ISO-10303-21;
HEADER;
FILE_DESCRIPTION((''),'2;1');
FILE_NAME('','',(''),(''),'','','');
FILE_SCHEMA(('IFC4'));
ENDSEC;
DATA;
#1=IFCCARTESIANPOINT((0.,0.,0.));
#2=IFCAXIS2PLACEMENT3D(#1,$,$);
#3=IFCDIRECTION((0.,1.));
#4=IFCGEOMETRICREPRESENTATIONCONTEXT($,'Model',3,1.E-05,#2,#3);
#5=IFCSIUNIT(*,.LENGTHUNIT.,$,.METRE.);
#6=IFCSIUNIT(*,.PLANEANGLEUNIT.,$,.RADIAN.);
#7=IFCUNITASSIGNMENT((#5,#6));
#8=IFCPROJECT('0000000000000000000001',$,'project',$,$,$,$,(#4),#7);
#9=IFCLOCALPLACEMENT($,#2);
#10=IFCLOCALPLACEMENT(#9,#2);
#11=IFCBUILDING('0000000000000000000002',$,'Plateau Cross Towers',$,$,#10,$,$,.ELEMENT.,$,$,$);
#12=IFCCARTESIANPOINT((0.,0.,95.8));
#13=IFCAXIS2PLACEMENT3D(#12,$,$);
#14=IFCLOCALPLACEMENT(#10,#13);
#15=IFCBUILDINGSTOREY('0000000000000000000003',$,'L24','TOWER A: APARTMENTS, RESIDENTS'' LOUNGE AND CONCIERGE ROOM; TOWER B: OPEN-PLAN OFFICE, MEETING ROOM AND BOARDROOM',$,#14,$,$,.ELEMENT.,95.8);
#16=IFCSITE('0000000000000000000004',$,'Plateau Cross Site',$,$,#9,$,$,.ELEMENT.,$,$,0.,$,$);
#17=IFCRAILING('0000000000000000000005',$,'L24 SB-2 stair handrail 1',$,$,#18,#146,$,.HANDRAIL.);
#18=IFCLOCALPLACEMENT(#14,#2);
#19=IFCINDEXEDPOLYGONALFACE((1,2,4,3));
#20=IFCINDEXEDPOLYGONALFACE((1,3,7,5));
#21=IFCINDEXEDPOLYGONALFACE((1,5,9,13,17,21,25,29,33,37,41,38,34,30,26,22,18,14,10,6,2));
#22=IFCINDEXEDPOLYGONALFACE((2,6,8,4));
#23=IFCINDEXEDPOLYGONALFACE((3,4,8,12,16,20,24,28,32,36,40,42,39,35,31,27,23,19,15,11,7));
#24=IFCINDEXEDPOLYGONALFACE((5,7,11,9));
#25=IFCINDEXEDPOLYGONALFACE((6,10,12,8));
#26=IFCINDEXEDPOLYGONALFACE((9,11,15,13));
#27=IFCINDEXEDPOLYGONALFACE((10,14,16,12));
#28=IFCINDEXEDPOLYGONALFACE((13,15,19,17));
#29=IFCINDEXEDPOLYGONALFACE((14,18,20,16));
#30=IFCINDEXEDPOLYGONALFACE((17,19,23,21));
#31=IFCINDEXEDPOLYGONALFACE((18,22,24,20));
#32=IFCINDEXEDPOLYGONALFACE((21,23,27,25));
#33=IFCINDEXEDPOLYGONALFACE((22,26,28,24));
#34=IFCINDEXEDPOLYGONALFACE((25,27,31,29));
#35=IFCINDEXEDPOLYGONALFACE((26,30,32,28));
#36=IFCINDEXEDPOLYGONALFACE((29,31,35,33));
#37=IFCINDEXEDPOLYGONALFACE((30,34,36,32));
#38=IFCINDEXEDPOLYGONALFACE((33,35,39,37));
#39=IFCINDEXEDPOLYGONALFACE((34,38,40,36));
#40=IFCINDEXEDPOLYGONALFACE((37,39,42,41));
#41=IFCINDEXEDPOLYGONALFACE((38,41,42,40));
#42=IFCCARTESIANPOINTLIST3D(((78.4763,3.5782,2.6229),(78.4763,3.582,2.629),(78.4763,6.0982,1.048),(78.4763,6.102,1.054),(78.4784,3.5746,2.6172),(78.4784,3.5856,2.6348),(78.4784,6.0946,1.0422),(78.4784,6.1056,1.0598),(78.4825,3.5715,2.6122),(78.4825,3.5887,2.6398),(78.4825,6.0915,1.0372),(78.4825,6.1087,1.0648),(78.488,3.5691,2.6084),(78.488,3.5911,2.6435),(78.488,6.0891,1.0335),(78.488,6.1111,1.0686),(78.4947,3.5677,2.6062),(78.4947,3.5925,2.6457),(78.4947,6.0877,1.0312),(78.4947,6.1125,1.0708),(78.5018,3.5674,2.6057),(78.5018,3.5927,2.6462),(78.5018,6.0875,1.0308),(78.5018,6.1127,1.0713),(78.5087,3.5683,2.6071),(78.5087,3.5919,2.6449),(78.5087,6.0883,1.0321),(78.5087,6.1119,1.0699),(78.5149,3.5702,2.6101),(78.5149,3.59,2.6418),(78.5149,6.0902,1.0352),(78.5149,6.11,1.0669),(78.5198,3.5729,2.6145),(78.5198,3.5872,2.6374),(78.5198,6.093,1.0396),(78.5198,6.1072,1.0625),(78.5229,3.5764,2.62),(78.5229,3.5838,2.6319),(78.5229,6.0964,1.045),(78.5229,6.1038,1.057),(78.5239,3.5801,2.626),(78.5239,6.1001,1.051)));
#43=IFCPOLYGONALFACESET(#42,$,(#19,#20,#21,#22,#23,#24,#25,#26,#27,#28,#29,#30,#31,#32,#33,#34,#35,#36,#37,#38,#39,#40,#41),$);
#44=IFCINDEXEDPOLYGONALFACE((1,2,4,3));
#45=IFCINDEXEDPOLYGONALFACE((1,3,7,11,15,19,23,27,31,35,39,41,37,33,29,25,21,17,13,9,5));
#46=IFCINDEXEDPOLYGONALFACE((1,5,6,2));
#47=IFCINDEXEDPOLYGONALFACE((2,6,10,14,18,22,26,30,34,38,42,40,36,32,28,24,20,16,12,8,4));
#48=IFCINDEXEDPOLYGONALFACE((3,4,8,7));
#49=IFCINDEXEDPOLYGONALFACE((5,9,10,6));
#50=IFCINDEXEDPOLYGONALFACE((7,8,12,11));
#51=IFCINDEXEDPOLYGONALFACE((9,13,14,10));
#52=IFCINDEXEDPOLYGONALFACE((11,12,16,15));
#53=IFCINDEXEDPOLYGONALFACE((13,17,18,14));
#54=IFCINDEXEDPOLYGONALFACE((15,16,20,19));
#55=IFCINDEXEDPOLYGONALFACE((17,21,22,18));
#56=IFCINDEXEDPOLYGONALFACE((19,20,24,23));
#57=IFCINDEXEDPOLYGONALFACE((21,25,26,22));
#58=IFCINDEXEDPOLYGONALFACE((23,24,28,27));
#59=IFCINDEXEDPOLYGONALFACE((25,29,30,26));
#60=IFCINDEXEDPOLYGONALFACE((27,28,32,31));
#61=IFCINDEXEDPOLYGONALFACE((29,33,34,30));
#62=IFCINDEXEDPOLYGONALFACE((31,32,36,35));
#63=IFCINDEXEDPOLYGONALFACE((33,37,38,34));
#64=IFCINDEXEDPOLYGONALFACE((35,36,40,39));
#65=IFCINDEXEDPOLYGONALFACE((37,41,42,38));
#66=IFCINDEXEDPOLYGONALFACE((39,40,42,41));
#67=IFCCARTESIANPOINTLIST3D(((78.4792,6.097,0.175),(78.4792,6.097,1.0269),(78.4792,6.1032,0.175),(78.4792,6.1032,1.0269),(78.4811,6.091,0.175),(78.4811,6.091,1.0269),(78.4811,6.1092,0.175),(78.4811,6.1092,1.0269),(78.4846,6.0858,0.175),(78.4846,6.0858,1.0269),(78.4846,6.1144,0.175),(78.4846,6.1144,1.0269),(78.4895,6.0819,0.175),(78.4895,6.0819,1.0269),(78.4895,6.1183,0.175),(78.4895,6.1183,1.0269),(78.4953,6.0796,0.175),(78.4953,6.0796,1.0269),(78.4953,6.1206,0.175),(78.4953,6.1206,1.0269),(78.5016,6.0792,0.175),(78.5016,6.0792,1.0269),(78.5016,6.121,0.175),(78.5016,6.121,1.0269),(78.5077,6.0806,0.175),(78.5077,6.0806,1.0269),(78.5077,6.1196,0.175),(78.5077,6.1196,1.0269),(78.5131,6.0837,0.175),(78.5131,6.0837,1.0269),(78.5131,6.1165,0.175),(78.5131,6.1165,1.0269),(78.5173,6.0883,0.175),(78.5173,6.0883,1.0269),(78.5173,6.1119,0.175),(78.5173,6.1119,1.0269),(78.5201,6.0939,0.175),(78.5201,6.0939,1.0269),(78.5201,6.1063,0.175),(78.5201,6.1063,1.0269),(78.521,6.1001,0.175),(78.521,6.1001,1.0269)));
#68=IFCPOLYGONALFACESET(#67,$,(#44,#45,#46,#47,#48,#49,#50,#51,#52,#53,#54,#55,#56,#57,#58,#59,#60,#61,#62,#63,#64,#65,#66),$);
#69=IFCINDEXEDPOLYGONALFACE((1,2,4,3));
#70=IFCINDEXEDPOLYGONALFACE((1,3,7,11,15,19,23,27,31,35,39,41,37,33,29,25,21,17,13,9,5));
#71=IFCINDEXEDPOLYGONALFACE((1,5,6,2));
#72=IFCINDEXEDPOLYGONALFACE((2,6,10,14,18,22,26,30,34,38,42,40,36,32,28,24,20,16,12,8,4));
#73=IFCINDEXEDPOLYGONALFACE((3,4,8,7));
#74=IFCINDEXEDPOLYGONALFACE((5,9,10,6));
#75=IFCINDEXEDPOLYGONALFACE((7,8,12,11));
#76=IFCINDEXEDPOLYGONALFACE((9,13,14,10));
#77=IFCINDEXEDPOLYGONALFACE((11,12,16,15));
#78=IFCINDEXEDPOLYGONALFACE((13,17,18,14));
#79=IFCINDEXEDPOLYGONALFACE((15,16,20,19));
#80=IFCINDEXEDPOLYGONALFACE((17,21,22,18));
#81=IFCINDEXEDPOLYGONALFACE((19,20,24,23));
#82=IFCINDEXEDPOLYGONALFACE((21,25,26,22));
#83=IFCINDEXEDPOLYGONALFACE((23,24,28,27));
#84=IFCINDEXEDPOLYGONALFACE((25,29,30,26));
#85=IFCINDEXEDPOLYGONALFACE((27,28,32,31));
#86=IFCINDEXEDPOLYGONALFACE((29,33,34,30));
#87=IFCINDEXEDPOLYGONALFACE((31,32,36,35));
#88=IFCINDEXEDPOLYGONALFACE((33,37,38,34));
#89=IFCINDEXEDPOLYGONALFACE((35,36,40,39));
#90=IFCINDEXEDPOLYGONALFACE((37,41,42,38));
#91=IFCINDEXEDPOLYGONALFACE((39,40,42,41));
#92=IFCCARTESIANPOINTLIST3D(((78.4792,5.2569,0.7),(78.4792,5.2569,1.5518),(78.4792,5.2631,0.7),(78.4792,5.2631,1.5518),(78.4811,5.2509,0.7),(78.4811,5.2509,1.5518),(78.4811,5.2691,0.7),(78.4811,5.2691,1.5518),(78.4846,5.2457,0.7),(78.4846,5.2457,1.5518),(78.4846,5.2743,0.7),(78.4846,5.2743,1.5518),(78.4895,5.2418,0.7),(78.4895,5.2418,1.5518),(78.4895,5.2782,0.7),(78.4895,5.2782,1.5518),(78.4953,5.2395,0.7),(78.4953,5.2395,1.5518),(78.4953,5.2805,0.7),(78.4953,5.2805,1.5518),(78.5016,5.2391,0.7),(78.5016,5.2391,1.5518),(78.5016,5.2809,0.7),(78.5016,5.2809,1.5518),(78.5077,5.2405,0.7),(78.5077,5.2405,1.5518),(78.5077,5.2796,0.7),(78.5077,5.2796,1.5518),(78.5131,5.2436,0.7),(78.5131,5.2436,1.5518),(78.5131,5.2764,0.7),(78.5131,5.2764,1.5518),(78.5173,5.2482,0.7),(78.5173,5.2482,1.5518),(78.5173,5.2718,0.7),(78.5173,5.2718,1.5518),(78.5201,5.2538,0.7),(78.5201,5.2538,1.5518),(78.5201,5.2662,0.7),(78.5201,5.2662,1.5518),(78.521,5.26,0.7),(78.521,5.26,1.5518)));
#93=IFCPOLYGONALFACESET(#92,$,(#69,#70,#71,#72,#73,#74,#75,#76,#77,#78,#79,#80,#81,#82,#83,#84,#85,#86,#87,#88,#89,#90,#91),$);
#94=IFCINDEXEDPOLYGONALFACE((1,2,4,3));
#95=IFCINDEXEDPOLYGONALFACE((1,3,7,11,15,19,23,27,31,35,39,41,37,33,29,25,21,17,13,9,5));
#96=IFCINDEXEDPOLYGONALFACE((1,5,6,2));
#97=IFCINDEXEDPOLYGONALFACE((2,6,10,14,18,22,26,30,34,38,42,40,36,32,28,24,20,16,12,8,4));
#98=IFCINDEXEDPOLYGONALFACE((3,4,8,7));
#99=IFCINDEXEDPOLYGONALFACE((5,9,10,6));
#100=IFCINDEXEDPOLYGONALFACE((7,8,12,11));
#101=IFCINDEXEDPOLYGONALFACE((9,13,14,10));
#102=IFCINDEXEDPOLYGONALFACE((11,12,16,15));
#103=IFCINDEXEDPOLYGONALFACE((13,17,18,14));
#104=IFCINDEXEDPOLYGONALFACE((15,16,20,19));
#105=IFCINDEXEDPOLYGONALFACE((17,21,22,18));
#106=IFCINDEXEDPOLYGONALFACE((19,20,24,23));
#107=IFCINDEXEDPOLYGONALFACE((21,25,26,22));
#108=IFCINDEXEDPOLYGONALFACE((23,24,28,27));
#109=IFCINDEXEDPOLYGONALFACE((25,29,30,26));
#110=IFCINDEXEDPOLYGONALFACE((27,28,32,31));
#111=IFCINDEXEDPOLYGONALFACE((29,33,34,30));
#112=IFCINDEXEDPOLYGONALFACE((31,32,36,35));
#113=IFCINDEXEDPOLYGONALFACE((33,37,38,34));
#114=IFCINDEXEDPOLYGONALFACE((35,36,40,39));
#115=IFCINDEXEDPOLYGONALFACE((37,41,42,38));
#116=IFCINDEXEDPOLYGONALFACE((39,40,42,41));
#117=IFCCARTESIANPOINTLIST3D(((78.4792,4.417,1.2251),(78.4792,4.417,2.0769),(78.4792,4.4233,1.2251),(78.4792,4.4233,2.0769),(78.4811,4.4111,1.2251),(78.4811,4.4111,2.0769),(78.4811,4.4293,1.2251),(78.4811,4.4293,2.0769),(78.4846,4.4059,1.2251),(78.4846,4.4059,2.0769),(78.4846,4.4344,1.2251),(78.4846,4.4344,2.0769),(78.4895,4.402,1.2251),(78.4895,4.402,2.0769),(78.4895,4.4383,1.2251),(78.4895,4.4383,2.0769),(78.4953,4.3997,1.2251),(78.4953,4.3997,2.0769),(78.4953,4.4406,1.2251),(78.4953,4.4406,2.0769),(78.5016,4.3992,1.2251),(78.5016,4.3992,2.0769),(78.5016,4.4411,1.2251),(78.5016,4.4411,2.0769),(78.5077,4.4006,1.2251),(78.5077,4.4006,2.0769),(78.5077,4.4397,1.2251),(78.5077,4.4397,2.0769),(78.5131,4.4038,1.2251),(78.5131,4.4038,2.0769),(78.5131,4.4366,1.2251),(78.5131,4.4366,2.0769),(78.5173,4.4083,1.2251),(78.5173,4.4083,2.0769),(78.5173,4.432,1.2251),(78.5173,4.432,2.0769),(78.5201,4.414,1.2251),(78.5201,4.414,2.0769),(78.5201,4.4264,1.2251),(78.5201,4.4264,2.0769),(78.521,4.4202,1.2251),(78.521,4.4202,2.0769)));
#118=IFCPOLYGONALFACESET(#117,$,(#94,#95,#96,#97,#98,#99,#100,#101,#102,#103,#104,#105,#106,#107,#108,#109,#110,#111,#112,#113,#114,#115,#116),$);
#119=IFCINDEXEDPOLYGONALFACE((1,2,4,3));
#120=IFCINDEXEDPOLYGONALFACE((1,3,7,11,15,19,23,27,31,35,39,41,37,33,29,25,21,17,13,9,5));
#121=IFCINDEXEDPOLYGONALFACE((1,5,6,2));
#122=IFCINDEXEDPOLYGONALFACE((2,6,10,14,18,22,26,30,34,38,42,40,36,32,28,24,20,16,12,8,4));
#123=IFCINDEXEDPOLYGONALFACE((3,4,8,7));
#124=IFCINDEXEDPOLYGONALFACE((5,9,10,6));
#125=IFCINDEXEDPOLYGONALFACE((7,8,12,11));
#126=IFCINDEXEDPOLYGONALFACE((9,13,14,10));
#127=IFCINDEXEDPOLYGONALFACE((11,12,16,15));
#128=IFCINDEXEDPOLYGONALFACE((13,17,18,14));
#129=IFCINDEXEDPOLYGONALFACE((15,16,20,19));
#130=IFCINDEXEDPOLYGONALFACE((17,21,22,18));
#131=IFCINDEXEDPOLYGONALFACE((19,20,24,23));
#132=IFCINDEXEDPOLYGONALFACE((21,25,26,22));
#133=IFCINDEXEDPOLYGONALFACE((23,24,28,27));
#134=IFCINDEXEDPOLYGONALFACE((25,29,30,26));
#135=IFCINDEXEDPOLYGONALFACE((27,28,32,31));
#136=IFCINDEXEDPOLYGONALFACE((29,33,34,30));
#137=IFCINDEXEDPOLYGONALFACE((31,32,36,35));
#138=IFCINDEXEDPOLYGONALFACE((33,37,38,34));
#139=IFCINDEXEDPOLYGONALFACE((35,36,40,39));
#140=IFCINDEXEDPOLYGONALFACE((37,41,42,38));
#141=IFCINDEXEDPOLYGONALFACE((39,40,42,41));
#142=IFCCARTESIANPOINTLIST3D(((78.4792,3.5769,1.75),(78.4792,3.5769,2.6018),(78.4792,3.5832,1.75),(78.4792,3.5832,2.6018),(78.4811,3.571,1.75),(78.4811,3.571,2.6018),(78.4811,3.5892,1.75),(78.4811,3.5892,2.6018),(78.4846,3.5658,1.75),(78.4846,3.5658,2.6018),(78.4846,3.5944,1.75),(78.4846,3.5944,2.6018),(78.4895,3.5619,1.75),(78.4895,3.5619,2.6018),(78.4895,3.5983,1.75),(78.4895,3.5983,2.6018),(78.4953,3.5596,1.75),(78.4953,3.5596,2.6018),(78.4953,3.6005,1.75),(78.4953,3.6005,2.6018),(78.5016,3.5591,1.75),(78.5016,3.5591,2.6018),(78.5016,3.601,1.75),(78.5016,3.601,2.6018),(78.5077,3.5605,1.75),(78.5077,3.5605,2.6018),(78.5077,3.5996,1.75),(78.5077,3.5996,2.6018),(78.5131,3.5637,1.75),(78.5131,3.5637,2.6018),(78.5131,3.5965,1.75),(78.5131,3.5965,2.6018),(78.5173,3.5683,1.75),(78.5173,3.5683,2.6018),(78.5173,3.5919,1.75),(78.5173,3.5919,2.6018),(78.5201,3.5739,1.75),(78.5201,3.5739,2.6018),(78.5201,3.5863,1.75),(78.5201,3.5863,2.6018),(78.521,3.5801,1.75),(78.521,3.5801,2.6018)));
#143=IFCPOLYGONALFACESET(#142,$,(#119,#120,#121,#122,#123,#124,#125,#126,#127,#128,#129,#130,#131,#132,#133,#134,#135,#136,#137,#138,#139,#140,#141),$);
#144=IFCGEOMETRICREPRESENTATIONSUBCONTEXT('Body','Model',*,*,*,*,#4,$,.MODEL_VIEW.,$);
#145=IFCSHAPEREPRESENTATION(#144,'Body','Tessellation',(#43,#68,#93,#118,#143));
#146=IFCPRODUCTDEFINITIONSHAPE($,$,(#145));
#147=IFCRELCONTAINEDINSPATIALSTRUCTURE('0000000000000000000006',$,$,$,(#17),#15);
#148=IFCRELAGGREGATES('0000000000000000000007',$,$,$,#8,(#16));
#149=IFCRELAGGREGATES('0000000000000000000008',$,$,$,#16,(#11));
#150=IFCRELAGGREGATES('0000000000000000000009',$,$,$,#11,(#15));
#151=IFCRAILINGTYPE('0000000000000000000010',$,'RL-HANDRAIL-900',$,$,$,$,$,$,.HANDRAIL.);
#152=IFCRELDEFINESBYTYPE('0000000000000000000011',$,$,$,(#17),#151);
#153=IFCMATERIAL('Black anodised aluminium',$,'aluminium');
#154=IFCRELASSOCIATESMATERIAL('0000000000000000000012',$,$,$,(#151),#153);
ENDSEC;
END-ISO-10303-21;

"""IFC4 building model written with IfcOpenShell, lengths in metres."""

from ifc_helpers import new_model, si_unit, direction, frame, origin, origin_2d, place, context, subcontext, project, spatial, circle, extrude, material, type_object, element, save


model = new_model("IFC4")

# Units and contexts
model_context = context("Model", 3, precision=1e-05, world=origin(), true_north=direction((0.0, 1.0)))
body_context = subcontext(model_context, "Body", "Model", "MODEL_VIEW")
ifc_project = project(units=[si_unit("LENGTHUNIT", "METRE"), si_unit("PLANEANGLEUNIT", "RADIAN")], contexts=[model_context])

# Site, building, storey
site_placement = place(None, origin())
site = spatial("IfcSite", under=ifc_project, at=site_placement, Name="Plateau Cross Site", CompositionType="ELEMENT", RefElevation=0.0)
building_placement = place(site_placement, origin())
building = spatial("IfcBuilding", under=site, at=building_placement, Name="Plateau Cross Towers", CompositionType="ELEMENT")
storey_placement = place(building_placement, frame((0.0, 0.0, 95.8)))
storey = spatial("IfcBuildingStorey", under=building, at=storey_placement, Name="L24", Description="TOWER A: APARTMENTS, RESIDENTS' LOUNGE AND CONCIERGE ROOM; TOWER B: OPEN-PLAN OFFICE, MEETING ROOM AND BOARDROOM", CompositionType="ELEMENT", Elevation=95.8)

# Railing
ifc_material_1 = material(Name="Black anodised aluminium", Category="aluminium")
railing_type_1 = type_object("IfcRailingType", Name="RL-HANDRAIL-900", PredefinedType="HANDRAIL", material=ifc_material_1)
railing_1_placement = place(storey_placement, frame((78.5, 6.1001, 0.175)))
element("IfcRailing", 1, at=railing_1_placement, inside=storey, type_object=railing_type_1, Name="L24 SB-2 stair handrail 1", PredefinedType="HANDRAIL", context=body_context, shape_type="SweptSolid", body=[
    extrude(circle(Radius=0.0239, at=origin_2d()), frame((0.0, 0.0, 0.876), z_axis=(0.0, -0.848008, 0.529984), x_axis=(1.0, 0.0, 0.0)), (0.0, 0.0, 1.0), 2.9717),
    extrude(circle(Radius=0.021, at=origin_2d()), origin(), (0.0, 0.0, 1.0), 0.8518),
    extrude(circle(Radius=0.021, at=origin_2d()), frame((0.0, -0.8401, 0.5249)), (0.0, 0.0, 1.0), 0.8518),
    extrude(circle(Radius=0.021, at=origin_2d()), frame((0.0, -1.6799, 1.05)), (0.0, 0.0, 1.0), 0.8518),
    extrude(circle(Radius=0.021, at=origin_2d()), frame((0.0, -2.52, 1.575)), (0.0, 0.0, 1.0), 0.8518),
])

save(model, "model.ifc")
